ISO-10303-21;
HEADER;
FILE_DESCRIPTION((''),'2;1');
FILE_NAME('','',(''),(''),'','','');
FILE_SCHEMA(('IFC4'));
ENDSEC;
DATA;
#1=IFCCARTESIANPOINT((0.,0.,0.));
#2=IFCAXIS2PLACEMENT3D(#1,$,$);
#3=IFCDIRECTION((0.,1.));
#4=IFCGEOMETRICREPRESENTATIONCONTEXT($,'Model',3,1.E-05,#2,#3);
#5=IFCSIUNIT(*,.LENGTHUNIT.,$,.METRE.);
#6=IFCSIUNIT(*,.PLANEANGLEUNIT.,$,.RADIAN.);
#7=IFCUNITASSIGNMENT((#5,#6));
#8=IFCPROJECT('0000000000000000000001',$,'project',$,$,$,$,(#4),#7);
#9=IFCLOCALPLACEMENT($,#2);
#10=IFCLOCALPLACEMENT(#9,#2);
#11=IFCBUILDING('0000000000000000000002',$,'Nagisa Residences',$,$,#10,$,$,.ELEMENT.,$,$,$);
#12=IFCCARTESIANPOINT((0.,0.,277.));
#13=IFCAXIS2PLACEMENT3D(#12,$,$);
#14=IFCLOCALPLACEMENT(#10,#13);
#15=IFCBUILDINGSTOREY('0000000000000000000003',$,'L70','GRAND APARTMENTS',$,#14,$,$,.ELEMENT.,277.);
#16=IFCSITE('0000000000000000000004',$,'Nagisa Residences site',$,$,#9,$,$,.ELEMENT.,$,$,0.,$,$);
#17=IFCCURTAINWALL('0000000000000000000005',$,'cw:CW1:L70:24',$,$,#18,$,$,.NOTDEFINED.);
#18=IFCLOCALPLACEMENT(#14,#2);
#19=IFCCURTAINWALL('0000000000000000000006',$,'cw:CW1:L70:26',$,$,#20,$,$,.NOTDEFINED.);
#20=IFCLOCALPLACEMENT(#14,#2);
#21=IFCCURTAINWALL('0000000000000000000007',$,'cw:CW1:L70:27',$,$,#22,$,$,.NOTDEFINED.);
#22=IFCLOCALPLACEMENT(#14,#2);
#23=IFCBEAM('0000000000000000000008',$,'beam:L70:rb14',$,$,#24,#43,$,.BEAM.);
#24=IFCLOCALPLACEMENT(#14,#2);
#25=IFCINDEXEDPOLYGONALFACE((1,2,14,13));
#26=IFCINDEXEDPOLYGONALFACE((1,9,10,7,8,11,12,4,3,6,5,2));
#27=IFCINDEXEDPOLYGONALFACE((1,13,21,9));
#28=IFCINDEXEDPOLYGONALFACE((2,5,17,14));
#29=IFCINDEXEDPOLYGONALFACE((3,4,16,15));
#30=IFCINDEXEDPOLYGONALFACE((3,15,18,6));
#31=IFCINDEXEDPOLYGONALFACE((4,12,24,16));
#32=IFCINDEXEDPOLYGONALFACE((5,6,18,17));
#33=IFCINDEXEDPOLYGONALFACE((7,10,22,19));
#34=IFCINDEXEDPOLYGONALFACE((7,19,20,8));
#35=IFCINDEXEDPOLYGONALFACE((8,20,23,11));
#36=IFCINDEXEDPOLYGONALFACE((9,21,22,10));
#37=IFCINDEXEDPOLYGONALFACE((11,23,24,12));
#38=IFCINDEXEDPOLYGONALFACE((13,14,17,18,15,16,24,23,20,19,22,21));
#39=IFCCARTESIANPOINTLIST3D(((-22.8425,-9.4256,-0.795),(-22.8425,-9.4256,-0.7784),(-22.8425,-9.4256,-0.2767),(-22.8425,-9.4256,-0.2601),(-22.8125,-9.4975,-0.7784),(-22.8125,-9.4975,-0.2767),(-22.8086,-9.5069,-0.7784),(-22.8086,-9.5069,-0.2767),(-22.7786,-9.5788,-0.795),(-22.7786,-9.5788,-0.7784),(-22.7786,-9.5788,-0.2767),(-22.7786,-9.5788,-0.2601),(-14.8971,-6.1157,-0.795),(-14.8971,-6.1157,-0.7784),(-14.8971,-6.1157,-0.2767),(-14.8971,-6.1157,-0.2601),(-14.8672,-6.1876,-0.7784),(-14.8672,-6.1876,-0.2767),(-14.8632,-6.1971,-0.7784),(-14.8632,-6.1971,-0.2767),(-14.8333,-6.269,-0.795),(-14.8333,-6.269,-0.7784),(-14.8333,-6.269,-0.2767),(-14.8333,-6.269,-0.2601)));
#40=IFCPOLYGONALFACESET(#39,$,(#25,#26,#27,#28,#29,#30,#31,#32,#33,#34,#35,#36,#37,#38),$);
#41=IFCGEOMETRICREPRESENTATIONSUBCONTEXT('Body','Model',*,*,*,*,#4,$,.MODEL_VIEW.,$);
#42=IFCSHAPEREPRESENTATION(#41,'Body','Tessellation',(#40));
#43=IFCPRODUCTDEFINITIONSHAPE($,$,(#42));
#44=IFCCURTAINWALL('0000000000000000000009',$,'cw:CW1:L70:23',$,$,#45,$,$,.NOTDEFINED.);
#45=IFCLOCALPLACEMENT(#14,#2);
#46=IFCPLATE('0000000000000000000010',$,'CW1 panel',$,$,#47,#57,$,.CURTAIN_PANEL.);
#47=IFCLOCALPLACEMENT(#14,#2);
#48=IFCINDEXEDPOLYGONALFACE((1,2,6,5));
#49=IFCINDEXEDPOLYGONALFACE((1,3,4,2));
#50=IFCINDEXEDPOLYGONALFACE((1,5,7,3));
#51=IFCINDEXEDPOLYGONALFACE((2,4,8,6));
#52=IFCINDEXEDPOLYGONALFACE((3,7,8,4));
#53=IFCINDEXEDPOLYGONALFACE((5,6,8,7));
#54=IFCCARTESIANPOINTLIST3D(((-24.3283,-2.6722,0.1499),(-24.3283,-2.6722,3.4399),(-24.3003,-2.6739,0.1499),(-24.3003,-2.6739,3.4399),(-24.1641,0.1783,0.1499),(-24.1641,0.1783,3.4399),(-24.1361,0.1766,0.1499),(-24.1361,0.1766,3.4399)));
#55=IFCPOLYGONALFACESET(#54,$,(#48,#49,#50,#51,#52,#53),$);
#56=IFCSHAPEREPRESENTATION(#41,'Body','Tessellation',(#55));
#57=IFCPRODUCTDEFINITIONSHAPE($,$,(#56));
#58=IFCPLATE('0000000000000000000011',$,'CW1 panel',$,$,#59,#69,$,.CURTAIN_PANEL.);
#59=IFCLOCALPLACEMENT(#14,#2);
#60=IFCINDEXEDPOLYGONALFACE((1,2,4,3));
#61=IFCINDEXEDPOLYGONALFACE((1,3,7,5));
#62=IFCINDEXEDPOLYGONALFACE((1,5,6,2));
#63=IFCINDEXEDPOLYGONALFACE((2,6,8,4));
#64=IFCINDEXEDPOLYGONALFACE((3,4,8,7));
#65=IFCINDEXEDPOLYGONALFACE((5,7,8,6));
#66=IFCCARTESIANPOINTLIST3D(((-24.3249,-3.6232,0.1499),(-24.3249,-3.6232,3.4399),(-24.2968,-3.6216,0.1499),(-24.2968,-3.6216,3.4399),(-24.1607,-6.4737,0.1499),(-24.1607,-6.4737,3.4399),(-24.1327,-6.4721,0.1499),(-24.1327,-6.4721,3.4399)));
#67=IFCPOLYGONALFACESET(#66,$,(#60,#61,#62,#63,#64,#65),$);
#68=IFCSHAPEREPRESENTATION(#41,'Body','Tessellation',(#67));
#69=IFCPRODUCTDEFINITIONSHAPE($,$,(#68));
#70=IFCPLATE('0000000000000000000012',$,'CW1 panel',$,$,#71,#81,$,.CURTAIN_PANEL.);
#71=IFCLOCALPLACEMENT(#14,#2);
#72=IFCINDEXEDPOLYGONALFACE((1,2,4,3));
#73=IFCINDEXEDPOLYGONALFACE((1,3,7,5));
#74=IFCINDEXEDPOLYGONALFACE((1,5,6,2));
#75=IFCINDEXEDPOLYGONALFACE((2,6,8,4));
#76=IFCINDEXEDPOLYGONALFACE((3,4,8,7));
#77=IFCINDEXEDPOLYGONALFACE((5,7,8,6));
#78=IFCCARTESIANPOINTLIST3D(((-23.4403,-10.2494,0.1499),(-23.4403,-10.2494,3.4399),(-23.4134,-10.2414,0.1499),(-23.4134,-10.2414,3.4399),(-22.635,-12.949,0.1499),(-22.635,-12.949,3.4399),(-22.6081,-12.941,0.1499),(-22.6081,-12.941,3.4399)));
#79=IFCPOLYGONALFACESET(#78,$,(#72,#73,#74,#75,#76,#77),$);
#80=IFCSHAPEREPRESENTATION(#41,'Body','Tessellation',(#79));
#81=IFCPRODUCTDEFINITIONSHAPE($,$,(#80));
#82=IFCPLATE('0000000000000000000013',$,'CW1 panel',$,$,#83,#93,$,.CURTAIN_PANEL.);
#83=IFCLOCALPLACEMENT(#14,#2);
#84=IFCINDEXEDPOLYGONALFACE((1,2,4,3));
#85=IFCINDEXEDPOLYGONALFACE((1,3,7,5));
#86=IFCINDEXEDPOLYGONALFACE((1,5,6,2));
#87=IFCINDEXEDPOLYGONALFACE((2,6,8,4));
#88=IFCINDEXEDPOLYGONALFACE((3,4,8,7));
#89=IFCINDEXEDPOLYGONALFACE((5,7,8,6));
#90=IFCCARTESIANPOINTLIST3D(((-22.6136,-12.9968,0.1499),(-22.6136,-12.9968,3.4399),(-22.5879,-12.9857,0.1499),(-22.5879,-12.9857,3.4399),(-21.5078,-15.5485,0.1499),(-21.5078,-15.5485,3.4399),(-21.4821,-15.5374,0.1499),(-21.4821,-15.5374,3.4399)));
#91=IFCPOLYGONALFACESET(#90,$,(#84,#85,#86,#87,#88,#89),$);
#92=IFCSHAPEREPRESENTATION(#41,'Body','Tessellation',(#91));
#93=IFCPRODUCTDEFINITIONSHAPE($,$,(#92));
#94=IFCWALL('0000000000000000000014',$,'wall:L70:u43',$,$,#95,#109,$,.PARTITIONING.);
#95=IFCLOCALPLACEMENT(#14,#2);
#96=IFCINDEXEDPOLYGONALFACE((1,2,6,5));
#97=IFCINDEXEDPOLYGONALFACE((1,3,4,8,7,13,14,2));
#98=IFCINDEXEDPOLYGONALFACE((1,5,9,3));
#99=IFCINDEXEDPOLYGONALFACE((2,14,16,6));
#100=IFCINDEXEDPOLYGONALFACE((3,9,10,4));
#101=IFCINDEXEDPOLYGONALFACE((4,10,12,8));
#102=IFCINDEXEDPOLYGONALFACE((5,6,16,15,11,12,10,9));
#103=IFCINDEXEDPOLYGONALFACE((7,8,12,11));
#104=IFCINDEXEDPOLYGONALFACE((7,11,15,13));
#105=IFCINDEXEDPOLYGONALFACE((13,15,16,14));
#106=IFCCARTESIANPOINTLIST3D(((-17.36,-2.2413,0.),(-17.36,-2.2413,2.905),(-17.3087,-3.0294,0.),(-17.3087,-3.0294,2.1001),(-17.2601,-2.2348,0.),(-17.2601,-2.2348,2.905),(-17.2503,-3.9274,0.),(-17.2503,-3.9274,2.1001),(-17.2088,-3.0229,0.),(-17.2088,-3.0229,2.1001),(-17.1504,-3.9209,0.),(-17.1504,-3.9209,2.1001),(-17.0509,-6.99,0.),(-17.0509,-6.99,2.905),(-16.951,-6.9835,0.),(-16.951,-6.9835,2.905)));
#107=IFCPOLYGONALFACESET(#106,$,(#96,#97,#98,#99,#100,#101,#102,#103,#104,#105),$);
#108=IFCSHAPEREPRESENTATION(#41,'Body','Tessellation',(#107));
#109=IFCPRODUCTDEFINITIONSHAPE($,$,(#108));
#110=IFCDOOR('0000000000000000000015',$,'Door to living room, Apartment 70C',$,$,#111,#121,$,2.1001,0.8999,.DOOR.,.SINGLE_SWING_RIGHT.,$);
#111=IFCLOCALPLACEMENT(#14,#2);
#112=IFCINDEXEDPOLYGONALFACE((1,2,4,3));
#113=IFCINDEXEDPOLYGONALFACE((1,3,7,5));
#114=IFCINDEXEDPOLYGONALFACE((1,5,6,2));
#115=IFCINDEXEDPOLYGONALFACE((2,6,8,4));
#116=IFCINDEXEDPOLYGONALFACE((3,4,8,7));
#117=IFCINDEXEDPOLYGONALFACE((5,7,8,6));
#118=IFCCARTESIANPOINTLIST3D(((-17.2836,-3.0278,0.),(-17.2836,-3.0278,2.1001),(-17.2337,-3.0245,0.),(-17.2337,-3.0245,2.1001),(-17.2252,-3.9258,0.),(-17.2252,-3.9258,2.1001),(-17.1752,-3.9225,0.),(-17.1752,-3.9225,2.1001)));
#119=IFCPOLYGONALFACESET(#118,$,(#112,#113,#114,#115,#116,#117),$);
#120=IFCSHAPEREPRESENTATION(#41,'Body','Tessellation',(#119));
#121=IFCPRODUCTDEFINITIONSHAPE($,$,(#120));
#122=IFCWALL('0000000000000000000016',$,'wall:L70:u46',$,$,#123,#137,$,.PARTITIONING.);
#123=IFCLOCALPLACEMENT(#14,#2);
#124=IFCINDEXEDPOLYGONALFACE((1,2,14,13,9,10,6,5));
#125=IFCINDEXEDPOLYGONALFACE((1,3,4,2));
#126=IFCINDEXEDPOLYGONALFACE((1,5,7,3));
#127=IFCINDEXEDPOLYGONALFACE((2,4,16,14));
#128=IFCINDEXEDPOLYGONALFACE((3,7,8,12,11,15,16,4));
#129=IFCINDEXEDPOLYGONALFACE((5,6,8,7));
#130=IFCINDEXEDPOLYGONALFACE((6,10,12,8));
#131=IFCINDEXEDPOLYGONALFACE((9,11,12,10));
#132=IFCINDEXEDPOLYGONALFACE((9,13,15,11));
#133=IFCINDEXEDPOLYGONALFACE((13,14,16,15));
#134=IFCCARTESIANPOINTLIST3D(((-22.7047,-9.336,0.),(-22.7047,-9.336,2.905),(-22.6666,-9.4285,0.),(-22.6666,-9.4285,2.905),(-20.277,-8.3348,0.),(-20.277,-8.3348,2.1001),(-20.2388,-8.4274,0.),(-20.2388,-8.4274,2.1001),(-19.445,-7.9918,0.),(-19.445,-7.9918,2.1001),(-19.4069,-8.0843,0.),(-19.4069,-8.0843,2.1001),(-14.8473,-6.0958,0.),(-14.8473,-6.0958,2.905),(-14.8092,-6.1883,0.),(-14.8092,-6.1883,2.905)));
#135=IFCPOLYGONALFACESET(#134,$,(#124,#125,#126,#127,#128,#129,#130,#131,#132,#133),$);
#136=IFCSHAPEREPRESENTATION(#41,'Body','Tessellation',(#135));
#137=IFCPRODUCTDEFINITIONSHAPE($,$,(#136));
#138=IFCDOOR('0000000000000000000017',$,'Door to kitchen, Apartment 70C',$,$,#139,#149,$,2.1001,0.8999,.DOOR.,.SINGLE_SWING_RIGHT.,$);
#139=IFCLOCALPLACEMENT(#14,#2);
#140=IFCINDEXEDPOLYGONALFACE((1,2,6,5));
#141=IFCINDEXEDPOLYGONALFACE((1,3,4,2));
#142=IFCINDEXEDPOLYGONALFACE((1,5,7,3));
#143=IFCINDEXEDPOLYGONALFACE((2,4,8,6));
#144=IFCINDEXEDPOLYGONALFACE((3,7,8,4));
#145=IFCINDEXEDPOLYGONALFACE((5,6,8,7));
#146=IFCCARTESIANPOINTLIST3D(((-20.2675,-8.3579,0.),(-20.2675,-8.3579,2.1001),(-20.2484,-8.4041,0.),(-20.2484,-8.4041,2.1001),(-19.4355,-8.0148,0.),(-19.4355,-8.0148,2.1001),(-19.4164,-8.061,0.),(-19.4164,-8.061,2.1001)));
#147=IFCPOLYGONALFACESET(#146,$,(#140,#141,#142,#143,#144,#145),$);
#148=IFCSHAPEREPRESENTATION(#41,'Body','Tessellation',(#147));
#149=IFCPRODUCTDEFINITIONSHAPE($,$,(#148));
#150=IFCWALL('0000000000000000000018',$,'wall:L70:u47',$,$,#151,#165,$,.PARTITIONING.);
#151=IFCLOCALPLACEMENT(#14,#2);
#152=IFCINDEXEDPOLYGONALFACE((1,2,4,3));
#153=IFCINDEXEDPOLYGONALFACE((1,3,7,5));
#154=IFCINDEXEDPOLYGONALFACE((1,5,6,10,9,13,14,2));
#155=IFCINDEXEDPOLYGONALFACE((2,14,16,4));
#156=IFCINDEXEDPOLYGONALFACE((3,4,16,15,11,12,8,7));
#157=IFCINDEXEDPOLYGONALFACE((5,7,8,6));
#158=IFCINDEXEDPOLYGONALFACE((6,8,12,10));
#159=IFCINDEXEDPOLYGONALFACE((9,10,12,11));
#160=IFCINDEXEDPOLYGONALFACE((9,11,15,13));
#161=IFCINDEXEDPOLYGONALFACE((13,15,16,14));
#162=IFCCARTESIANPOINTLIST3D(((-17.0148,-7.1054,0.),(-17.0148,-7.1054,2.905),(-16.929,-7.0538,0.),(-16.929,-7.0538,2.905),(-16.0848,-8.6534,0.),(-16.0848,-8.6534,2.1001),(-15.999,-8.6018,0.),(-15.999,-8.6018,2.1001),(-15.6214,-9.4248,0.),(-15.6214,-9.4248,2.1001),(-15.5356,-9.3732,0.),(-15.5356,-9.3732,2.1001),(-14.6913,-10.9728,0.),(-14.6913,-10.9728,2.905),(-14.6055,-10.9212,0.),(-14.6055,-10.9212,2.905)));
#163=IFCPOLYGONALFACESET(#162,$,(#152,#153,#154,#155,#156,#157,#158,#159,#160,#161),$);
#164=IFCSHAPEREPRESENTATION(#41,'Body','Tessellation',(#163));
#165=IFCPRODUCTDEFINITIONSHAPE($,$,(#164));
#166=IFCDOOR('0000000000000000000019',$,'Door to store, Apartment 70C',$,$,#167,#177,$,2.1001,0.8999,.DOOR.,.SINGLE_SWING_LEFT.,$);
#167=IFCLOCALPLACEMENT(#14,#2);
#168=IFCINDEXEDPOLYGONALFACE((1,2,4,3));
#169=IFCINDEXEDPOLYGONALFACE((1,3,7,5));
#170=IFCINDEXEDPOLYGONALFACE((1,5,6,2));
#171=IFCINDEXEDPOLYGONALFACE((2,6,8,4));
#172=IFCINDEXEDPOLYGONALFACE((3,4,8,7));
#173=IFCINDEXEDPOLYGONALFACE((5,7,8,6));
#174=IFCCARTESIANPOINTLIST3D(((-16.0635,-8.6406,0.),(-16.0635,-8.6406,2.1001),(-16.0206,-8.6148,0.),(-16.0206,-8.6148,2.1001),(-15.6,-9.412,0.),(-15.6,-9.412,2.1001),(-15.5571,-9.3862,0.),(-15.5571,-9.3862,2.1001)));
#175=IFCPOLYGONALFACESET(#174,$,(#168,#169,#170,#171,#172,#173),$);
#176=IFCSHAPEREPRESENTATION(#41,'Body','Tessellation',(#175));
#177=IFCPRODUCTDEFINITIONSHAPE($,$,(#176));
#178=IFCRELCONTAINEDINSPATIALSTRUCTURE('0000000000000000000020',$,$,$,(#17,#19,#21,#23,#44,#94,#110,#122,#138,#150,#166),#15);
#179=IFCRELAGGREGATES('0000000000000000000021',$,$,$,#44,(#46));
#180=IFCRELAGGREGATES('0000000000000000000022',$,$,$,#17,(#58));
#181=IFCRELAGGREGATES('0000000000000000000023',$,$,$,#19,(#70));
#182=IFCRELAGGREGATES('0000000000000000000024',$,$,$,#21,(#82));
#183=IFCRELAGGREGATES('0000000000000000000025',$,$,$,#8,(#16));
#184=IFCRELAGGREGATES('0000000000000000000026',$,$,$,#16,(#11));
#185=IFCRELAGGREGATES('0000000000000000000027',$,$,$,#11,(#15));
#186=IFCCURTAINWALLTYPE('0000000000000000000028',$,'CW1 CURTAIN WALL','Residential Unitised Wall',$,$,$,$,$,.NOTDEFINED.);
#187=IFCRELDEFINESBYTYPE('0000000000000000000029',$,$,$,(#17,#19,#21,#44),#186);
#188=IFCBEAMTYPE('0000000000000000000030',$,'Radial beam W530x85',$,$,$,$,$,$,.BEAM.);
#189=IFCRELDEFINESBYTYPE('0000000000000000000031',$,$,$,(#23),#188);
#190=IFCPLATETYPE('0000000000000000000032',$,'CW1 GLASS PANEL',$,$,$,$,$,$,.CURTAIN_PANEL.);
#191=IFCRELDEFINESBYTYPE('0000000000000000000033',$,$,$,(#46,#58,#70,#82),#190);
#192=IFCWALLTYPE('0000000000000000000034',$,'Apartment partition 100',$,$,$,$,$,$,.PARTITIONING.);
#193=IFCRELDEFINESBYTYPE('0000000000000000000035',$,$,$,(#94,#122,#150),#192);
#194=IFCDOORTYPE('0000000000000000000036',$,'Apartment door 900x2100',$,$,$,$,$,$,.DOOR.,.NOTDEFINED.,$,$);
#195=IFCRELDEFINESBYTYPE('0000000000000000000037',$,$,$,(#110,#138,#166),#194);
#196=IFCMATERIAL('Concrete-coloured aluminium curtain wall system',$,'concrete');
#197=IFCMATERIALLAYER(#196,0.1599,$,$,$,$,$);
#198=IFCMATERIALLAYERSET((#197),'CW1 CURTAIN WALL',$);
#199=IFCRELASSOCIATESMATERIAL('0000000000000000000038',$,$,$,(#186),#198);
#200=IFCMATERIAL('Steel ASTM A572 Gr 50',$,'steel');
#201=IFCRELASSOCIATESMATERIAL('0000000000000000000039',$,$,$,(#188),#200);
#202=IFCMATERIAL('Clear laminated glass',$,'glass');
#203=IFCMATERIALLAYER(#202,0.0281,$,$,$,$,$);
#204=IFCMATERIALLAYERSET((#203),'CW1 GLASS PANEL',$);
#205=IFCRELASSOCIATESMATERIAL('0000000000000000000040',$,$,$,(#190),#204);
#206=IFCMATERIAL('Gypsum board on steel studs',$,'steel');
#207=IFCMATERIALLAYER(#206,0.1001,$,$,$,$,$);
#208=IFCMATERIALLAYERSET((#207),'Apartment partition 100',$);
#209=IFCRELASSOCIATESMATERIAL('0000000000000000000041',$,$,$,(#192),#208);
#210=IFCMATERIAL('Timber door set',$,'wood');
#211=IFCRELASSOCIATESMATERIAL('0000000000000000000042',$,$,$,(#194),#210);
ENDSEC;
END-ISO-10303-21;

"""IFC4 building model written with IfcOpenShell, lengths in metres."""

from ifc_helpers import new_model, si_unit, direction, frame, frame_2d, origin, origin_2d, place, context, subcontext, project, spatial, rectangle, i_section, extrude, material, layer, layer_set, material_profile, profile_set, type_object, element, fill, aggregate, save


model = new_model("IFC4")

# Units and contexts
model_context = context("Model", 3, precision=1e-05, world=origin(), true_north=direction((0.0, 1.0)))
body_context = subcontext(model_context, "Body", "Model", "MODEL_VIEW")
ifc_project = project(units=[si_unit("LENGTHUNIT", "METRE"), si_unit("PLANEANGLEUNIT", "RADIAN")], contexts=[model_context])

# Site, building, storey
site_placement = place(None, origin())
site = spatial("IfcSite", under=ifc_project, at=site_placement, Name="Nagisa Residences site", CompositionType="ELEMENT", RefElevation=0.0)
building_placement = place(site_placement, origin())
building = spatial("IfcBuilding", under=site, at=building_placement, Name="Nagisa Residences", CompositionType="ELEMENT")
storey_placement = place(building_placement, frame((0.0, 0.0, 277.0)))
storey = spatial("IfcBuildingStorey", under=building, at=storey_placement, Name="L70", Description="GRAND APARTMENTS", CompositionType="ELEMENT", Elevation=277.0)

# Curtain walls
ifc_material_1 = material(Name="Concrete-coloured aluminium curtain wall system", Category="concrete")
ifc_layer_1 = layer(ifc_material_1, 0.1599)
ifc_layer_set_1 = layer_set([ifc_layer_1], Name="CW1 CURTAIN WALL")
curtain_wall_type = type_object("IfcCurtainWallType", Name="CW1 CURTAIN WALL", Description="Residential Unitised Wall", PredefinedType="NOTDEFINED", material=ifc_layer_set_1)
curtain_wall_1_placement = place(storey_placement, origin())
curtain_wall_1 = element("IfcCurtainWall", 1, at=curtain_wall_1_placement, inside=storey, type_object=curtain_wall_type, Name="cw:CW1:L70:24", PredefinedType="NOTDEFINED")
curtain_wall_2_placement = place(storey_placement, origin())
curtain_wall_2 = element("IfcCurtainWall", 2, at=curtain_wall_2_placement, inside=storey, type_object=curtain_wall_type, Name="cw:CW1:L70:26", PredefinedType="NOTDEFINED")
curtain_wall_3_placement = place(storey_placement, origin())
curtain_wall_3 = element("IfcCurtainWall", 3, at=curtain_wall_3_placement, inside=storey, type_object=curtain_wall_type, Name="cw:CW1:L70:27", PredefinedType="NOTDEFINED")

# Beam
ifc_material_2 = material(Name="Steel ASTM A572 Gr 50", Category="steel")
ifc_material_profile_1 = material_profile(ifc_material_2, i_section(OverallWidth=0.166, OverallDepth=0.5349, WebThickness=0.0103, FlangeThickness=0.0166, at=origin_2d()), Name="W530x85")
ifc_profile_set_1 = profile_set([ifc_material_profile_1], Name="Steel ASTM A572 Gr 50")
beam_type_1 = type_object("IfcBeamType", Name="Radial beam W530x85", PredefinedType="BEAM", material=ifc_profile_set_1)
beam_1_placement = place(storey_placement, frame((-22.8105, -9.5022, -0.5276), z_axis=(0.923107, 0.384543, 0.0), x_axis=(-0.384543, 0.923107, 0.0)))
element("IfcBeam", 4, at=beam_1_placement, inside=storey, type_object=beam_type_1, Name="beam:L70:rb14", PredefinedType="BEAM", context=body_context, shape_type="SweptSolid", body=[
    extrude(i_section(OverallWidth=0.166, OverallDepth=0.5349, WebThickness=0.0103, FlangeThickness=0.0166, at=origin_2d()), origin(), (0.0, 0.0, 1.0), 8.6072),
])

# Curtain wall, plate
curtain_wall_4_placement = place(storey_placement, origin())
curtain_wall_4 = element("IfcCurtainWall", 5, at=curtain_wall_4_placement, inside=storey, type_object=curtain_wall_type, Name="cw:CW1:L70:23", PredefinedType="NOTDEFINED")
ifc_material_3 = material(Name="Clear laminated glass", Category="glass")
ifc_layer_2 = layer(ifc_material_3, 0.0281)
ifc_layer_set_2 = layer_set([ifc_layer_2], Name="CW1 GLASS PANEL")
plate_type = type_object("IfcPlateType", Name="CW1 GLASS PANEL", PredefinedType="CURTAIN_PANEL", material=ifc_layer_set_2)
plate_1_placement = place(storey_placement, frame((-24.2322, -1.2478, 0.1499), z_axis=(0.0, 0.0, 1.0), x_axis=(-0.057503, -0.998345, 0.0)))
plate_1 = element("IfcPlate", 6, at=plate_1_placement, type_object=plate_type, Name="CW1 panel", PredefinedType="CURTAIN_PANEL", context=body_context, shape_type="SweptSolid", body=[
    extrude(rectangle(XDim=2.8552, YDim=0.0281, at=origin_2d()), origin(), (0.0, 0.0, 1.0), 3.29),
])
aggregate(curtain_wall_4, [plate_1])

# Plates
plate_2_placement = place(storey_placement, frame((-24.2288, -5.0476, 0.1499), z_axis=(0.0, 0.0, 1.0), x_axis=(0.057503, -0.998345, 0.0)))
plate_2 = element("IfcPlate", 7, at=plate_2_placement, type_object=plate_type, Name="CW1 panel", PredefinedType="CURTAIN_PANEL", context=body_context, shape_type="SweptSolid", body=[
    extrude(rectangle(XDim=2.8552, YDim=0.0281, at=origin_2d()), origin(), (0.0, 0.0, 1.0), 3.29),
])
aggregate(curtain_wall_1, [plate_2])
plate_3_placement = place(storey_placement, frame((-23.0242, -11.5952, 0.1499), z_axis=(0.0, 0.0, 1.0), x_axis=(0.28586, -0.958271, 0.0)))
plate_3 = element("IfcPlate", 8, at=plate_3_placement, type_object=plate_type, Name="CW1 panel", PredefinedType="CURTAIN_PANEL", context=body_context, shape_type="SweptSolid", body=[
    extrude(rectangle(XDim=2.8171, YDim=0.0281, at=origin_2d()), origin(), (0.0, 0.0, 1.0), 3.29),
])
aggregate(curtain_wall_2, [plate_3])
plate_4_placement = place(storey_placement, frame((-22.0479, -14.2671, 0.1499), z_axis=(0.0, 0.0, 1.0), x_axis=(0.397636, -0.917543, 0.0)))
plate_4 = element("IfcPlate", 9, at=plate_4_placement, type_object=plate_type, Name="CW1 panel", PredefinedType="CURTAIN_PANEL", context=body_context, shape_type="SweptSolid", body=[
    extrude(rectangle(XDim=2.781, YDim=0.0281, at=origin_2d()), origin(), (0.0, 0.0, 1.0), 3.29),
])
aggregate(curtain_wall_3, [plate_4])

# Walls, openings, doors
ifc_material_4 = material(Name="Gypsum board on steel studs", Category="steel")
ifc_layer_3 = layer(ifc_material_4, 0.1001)
ifc_layer_set_3 = layer_set([ifc_layer_3], Name="Apartment partition 100")
wall_type_1 = type_object("IfcWallType", Name="Apartment partition 100", PredefinedType="PARTITIONING", material=ifc_layer_set_3)
wall_1_placement = place(storey_placement, frame((-17.3101, -2.238, 0.0), z_axis=(0.0, 0.0, 1.0), x_axis=(0.064949, -0.997889, 0.0)))
wall_1 = element("IfcWall", 10, at=wall_1_placement, inside=storey, type_object=wall_type_1, Name="wall:L70:u43", PredefinedType="PARTITIONING", context=body_context, shape_type="SweptSolid", body=[
    extrude(rectangle(XDim=4.7588, YDim=0.1001, at=frame_2d((2.3794, 0.0))), origin(), (0.0, 0.0, 1.0), 2.905),
])
opening_1_placement = place(wall_1_placement, frame((0.7898, 0.0, 0.0)))
opening_1 = element("IfcOpeningElement", 11, at=opening_1_placement, cuts=wall_1, PredefinedType="OPENING", context=body_context, shape_type="SweptSolid", body=[
    extrude(rectangle(XDim=0.8999, YDim=2.1001, at=frame_2d((0.45, 1.05))), frame((0.0, 0.0601, 0.0), z_axis=(0.0, -1.0, 0.0), x_axis=(1.0, 0.0, 0.0)), (0.0, 0.0, 1.0), 0.1201),
])
ifc_material_5 = material(Name="Timber door set", Category="wood")
door_type_1 = type_object("IfcDoorType", Name="Apartment door 900x2100", OperationType="NOTDEFINED", PredefinedType="DOOR", material=ifc_material_5)
door_1_placement = place(opening_1_placement, frame((0.8999, 0.0, 0.0), x_axis=(-1.0, 0.0, 0.0)))
door_1 = element("IfcDoor", 12, at=door_1_placement, inside=storey, type_object=door_type_1, Name="Door to living room, Apartment 70C", OperationType="SINGLE_SWING_RIGHT", OverallHeight=2.1001, OverallWidth=0.8999, PredefinedType="DOOR", context=body_context, shape_type="SweptSolid", body=[
    extrude(rectangle(XDim=0.8999, YDim=2.1001, at=frame_2d((0.45, 1.05))), frame((0.0, 0.0249, 0.0), z_axis=(0.0, -1.0, 0.0), x_axis=(1.0, 0.0, 0.0)), (0.0, 0.0, 1.0), 0.05),
])
fill(opening_1, door_1)
wall_2_placement = place(storey_placement, frame((-14.8284, -6.1421, 0.0), z_axis=(0.0, 0.0, 1.0), x_axis=(-0.924478, -0.381235, 0.0)))
wall_2 = element("IfcWall", 13, at=wall_2_placement, inside=storey, type_object=wall_type_1, Name="wall:L70:u46", PredefinedType="PARTITIONING", context=body_context, shape_type="SweptSolid", body=[
    extrude(rectangle(XDim=8.4993, YDim=0.1001, at=frame_2d((4.2495, 0.0))), origin(), (0.0, 0.0, 1.0), 2.905),
])
opening_2_placement = place(wall_2_placement, frame((4.9731, 0.0, 0.0)))
opening_2 = element("IfcOpeningElement", 14, at=opening_2_placement, cuts=wall_2, PredefinedType="OPENING", context=body_context, shape_type="SweptSolid", body=[
    extrude(rectangle(XDim=0.8999, YDim=2.1001, at=frame_2d((0.45, 1.05))), frame((0.0, 0.0601, 0.0), z_axis=(0.0, -1.0, 0.0), x_axis=(1.0, 0.0, 0.0)), (0.0, 0.0, 1.0), 0.1201),
])
door_2_placement = place(opening_2_placement, origin())
door_2 = element("IfcDoor", 15, at=door_2_placement, inside=storey, type_object=door_type_1, Name="Door to kitchen, Apartment 70C", OperationType="SINGLE_SWING_RIGHT", OverallHeight=2.1001, OverallWidth=0.8999, PredefinedType="DOOR", context=body_context, shape_type="SweptSolid", body=[
    extrude(rectangle(XDim=0.8999, YDim=2.1001, at=frame_2d((0.45, 1.05))), frame((0.0, 0.0249, 0.0), z_axis=(0.0, -1.0, 0.0), x_axis=(1.0, 0.0, 0.0)), (0.0, 0.0, 1.0), 0.05),
])
fill(opening_2, door_2)
wall_3_placement = place(storey_placement, frame((-16.9719, -7.0796, 0.0), z_axis=(0.0, 0.0, 1.0), x_axis=(0.514989, -0.857197, 0.0)))
wall_3 = element("IfcWall", 16, at=wall_3_placement, inside=storey, type_object=wall_type_1, Name="wall:L70:u47", PredefinedType="PARTITIONING", context=body_context, shape_type="SweptSolid", body=[
    extrude(rectangle(XDim=4.5117, YDim=0.1001, at=frame_2d((2.2559, 0.0))), origin(), (0.0, 0.0, 1.0), 2.905),
])
opening_3_placement = place(wall_3_placement, frame((1.8059, 0.0, 0.0)))
opening_3 = element("IfcOpeningElement", 17, at=opening_3_placement, cuts=wall_3, PredefinedType="OPENING", context=body_context, shape_type="SweptSolid", body=[
    extrude(rectangle(XDim=0.8999, YDim=2.1001, at=frame_2d((0.45, 1.05))), frame((0.0, 0.0601, 0.0), z_axis=(0.0, -1.0, 0.0), x_axis=(1.0, 0.0, 0.0)), (0.0, 0.0, 1.0), 0.1201),
])
door_3_placement = place(opening_3_placement, origin())
door_3 = element("IfcDoor", 18, at=door_3_placement, inside=storey, type_object=door_type_1, Name="Door to store, Apartment 70C", OperationType="SINGLE_SWING_LEFT", OverallHeight=2.1001, OverallWidth=0.8999, PredefinedType="DOOR", context=body_context, shape_type="SweptSolid", body=[
    extrude(rectangle(XDim=0.8999, YDim=2.1001, at=frame_2d((0.45, 1.05))), frame((0.0, 0.0249, 0.0), z_axis=(0.0, -1.0, 0.0), x_axis=(1.0, 0.0, 0.0)), (0.0, 0.0, 1.0), 0.05),
])
fill(opening_3, door_3)

save(model, "model.ifc")
